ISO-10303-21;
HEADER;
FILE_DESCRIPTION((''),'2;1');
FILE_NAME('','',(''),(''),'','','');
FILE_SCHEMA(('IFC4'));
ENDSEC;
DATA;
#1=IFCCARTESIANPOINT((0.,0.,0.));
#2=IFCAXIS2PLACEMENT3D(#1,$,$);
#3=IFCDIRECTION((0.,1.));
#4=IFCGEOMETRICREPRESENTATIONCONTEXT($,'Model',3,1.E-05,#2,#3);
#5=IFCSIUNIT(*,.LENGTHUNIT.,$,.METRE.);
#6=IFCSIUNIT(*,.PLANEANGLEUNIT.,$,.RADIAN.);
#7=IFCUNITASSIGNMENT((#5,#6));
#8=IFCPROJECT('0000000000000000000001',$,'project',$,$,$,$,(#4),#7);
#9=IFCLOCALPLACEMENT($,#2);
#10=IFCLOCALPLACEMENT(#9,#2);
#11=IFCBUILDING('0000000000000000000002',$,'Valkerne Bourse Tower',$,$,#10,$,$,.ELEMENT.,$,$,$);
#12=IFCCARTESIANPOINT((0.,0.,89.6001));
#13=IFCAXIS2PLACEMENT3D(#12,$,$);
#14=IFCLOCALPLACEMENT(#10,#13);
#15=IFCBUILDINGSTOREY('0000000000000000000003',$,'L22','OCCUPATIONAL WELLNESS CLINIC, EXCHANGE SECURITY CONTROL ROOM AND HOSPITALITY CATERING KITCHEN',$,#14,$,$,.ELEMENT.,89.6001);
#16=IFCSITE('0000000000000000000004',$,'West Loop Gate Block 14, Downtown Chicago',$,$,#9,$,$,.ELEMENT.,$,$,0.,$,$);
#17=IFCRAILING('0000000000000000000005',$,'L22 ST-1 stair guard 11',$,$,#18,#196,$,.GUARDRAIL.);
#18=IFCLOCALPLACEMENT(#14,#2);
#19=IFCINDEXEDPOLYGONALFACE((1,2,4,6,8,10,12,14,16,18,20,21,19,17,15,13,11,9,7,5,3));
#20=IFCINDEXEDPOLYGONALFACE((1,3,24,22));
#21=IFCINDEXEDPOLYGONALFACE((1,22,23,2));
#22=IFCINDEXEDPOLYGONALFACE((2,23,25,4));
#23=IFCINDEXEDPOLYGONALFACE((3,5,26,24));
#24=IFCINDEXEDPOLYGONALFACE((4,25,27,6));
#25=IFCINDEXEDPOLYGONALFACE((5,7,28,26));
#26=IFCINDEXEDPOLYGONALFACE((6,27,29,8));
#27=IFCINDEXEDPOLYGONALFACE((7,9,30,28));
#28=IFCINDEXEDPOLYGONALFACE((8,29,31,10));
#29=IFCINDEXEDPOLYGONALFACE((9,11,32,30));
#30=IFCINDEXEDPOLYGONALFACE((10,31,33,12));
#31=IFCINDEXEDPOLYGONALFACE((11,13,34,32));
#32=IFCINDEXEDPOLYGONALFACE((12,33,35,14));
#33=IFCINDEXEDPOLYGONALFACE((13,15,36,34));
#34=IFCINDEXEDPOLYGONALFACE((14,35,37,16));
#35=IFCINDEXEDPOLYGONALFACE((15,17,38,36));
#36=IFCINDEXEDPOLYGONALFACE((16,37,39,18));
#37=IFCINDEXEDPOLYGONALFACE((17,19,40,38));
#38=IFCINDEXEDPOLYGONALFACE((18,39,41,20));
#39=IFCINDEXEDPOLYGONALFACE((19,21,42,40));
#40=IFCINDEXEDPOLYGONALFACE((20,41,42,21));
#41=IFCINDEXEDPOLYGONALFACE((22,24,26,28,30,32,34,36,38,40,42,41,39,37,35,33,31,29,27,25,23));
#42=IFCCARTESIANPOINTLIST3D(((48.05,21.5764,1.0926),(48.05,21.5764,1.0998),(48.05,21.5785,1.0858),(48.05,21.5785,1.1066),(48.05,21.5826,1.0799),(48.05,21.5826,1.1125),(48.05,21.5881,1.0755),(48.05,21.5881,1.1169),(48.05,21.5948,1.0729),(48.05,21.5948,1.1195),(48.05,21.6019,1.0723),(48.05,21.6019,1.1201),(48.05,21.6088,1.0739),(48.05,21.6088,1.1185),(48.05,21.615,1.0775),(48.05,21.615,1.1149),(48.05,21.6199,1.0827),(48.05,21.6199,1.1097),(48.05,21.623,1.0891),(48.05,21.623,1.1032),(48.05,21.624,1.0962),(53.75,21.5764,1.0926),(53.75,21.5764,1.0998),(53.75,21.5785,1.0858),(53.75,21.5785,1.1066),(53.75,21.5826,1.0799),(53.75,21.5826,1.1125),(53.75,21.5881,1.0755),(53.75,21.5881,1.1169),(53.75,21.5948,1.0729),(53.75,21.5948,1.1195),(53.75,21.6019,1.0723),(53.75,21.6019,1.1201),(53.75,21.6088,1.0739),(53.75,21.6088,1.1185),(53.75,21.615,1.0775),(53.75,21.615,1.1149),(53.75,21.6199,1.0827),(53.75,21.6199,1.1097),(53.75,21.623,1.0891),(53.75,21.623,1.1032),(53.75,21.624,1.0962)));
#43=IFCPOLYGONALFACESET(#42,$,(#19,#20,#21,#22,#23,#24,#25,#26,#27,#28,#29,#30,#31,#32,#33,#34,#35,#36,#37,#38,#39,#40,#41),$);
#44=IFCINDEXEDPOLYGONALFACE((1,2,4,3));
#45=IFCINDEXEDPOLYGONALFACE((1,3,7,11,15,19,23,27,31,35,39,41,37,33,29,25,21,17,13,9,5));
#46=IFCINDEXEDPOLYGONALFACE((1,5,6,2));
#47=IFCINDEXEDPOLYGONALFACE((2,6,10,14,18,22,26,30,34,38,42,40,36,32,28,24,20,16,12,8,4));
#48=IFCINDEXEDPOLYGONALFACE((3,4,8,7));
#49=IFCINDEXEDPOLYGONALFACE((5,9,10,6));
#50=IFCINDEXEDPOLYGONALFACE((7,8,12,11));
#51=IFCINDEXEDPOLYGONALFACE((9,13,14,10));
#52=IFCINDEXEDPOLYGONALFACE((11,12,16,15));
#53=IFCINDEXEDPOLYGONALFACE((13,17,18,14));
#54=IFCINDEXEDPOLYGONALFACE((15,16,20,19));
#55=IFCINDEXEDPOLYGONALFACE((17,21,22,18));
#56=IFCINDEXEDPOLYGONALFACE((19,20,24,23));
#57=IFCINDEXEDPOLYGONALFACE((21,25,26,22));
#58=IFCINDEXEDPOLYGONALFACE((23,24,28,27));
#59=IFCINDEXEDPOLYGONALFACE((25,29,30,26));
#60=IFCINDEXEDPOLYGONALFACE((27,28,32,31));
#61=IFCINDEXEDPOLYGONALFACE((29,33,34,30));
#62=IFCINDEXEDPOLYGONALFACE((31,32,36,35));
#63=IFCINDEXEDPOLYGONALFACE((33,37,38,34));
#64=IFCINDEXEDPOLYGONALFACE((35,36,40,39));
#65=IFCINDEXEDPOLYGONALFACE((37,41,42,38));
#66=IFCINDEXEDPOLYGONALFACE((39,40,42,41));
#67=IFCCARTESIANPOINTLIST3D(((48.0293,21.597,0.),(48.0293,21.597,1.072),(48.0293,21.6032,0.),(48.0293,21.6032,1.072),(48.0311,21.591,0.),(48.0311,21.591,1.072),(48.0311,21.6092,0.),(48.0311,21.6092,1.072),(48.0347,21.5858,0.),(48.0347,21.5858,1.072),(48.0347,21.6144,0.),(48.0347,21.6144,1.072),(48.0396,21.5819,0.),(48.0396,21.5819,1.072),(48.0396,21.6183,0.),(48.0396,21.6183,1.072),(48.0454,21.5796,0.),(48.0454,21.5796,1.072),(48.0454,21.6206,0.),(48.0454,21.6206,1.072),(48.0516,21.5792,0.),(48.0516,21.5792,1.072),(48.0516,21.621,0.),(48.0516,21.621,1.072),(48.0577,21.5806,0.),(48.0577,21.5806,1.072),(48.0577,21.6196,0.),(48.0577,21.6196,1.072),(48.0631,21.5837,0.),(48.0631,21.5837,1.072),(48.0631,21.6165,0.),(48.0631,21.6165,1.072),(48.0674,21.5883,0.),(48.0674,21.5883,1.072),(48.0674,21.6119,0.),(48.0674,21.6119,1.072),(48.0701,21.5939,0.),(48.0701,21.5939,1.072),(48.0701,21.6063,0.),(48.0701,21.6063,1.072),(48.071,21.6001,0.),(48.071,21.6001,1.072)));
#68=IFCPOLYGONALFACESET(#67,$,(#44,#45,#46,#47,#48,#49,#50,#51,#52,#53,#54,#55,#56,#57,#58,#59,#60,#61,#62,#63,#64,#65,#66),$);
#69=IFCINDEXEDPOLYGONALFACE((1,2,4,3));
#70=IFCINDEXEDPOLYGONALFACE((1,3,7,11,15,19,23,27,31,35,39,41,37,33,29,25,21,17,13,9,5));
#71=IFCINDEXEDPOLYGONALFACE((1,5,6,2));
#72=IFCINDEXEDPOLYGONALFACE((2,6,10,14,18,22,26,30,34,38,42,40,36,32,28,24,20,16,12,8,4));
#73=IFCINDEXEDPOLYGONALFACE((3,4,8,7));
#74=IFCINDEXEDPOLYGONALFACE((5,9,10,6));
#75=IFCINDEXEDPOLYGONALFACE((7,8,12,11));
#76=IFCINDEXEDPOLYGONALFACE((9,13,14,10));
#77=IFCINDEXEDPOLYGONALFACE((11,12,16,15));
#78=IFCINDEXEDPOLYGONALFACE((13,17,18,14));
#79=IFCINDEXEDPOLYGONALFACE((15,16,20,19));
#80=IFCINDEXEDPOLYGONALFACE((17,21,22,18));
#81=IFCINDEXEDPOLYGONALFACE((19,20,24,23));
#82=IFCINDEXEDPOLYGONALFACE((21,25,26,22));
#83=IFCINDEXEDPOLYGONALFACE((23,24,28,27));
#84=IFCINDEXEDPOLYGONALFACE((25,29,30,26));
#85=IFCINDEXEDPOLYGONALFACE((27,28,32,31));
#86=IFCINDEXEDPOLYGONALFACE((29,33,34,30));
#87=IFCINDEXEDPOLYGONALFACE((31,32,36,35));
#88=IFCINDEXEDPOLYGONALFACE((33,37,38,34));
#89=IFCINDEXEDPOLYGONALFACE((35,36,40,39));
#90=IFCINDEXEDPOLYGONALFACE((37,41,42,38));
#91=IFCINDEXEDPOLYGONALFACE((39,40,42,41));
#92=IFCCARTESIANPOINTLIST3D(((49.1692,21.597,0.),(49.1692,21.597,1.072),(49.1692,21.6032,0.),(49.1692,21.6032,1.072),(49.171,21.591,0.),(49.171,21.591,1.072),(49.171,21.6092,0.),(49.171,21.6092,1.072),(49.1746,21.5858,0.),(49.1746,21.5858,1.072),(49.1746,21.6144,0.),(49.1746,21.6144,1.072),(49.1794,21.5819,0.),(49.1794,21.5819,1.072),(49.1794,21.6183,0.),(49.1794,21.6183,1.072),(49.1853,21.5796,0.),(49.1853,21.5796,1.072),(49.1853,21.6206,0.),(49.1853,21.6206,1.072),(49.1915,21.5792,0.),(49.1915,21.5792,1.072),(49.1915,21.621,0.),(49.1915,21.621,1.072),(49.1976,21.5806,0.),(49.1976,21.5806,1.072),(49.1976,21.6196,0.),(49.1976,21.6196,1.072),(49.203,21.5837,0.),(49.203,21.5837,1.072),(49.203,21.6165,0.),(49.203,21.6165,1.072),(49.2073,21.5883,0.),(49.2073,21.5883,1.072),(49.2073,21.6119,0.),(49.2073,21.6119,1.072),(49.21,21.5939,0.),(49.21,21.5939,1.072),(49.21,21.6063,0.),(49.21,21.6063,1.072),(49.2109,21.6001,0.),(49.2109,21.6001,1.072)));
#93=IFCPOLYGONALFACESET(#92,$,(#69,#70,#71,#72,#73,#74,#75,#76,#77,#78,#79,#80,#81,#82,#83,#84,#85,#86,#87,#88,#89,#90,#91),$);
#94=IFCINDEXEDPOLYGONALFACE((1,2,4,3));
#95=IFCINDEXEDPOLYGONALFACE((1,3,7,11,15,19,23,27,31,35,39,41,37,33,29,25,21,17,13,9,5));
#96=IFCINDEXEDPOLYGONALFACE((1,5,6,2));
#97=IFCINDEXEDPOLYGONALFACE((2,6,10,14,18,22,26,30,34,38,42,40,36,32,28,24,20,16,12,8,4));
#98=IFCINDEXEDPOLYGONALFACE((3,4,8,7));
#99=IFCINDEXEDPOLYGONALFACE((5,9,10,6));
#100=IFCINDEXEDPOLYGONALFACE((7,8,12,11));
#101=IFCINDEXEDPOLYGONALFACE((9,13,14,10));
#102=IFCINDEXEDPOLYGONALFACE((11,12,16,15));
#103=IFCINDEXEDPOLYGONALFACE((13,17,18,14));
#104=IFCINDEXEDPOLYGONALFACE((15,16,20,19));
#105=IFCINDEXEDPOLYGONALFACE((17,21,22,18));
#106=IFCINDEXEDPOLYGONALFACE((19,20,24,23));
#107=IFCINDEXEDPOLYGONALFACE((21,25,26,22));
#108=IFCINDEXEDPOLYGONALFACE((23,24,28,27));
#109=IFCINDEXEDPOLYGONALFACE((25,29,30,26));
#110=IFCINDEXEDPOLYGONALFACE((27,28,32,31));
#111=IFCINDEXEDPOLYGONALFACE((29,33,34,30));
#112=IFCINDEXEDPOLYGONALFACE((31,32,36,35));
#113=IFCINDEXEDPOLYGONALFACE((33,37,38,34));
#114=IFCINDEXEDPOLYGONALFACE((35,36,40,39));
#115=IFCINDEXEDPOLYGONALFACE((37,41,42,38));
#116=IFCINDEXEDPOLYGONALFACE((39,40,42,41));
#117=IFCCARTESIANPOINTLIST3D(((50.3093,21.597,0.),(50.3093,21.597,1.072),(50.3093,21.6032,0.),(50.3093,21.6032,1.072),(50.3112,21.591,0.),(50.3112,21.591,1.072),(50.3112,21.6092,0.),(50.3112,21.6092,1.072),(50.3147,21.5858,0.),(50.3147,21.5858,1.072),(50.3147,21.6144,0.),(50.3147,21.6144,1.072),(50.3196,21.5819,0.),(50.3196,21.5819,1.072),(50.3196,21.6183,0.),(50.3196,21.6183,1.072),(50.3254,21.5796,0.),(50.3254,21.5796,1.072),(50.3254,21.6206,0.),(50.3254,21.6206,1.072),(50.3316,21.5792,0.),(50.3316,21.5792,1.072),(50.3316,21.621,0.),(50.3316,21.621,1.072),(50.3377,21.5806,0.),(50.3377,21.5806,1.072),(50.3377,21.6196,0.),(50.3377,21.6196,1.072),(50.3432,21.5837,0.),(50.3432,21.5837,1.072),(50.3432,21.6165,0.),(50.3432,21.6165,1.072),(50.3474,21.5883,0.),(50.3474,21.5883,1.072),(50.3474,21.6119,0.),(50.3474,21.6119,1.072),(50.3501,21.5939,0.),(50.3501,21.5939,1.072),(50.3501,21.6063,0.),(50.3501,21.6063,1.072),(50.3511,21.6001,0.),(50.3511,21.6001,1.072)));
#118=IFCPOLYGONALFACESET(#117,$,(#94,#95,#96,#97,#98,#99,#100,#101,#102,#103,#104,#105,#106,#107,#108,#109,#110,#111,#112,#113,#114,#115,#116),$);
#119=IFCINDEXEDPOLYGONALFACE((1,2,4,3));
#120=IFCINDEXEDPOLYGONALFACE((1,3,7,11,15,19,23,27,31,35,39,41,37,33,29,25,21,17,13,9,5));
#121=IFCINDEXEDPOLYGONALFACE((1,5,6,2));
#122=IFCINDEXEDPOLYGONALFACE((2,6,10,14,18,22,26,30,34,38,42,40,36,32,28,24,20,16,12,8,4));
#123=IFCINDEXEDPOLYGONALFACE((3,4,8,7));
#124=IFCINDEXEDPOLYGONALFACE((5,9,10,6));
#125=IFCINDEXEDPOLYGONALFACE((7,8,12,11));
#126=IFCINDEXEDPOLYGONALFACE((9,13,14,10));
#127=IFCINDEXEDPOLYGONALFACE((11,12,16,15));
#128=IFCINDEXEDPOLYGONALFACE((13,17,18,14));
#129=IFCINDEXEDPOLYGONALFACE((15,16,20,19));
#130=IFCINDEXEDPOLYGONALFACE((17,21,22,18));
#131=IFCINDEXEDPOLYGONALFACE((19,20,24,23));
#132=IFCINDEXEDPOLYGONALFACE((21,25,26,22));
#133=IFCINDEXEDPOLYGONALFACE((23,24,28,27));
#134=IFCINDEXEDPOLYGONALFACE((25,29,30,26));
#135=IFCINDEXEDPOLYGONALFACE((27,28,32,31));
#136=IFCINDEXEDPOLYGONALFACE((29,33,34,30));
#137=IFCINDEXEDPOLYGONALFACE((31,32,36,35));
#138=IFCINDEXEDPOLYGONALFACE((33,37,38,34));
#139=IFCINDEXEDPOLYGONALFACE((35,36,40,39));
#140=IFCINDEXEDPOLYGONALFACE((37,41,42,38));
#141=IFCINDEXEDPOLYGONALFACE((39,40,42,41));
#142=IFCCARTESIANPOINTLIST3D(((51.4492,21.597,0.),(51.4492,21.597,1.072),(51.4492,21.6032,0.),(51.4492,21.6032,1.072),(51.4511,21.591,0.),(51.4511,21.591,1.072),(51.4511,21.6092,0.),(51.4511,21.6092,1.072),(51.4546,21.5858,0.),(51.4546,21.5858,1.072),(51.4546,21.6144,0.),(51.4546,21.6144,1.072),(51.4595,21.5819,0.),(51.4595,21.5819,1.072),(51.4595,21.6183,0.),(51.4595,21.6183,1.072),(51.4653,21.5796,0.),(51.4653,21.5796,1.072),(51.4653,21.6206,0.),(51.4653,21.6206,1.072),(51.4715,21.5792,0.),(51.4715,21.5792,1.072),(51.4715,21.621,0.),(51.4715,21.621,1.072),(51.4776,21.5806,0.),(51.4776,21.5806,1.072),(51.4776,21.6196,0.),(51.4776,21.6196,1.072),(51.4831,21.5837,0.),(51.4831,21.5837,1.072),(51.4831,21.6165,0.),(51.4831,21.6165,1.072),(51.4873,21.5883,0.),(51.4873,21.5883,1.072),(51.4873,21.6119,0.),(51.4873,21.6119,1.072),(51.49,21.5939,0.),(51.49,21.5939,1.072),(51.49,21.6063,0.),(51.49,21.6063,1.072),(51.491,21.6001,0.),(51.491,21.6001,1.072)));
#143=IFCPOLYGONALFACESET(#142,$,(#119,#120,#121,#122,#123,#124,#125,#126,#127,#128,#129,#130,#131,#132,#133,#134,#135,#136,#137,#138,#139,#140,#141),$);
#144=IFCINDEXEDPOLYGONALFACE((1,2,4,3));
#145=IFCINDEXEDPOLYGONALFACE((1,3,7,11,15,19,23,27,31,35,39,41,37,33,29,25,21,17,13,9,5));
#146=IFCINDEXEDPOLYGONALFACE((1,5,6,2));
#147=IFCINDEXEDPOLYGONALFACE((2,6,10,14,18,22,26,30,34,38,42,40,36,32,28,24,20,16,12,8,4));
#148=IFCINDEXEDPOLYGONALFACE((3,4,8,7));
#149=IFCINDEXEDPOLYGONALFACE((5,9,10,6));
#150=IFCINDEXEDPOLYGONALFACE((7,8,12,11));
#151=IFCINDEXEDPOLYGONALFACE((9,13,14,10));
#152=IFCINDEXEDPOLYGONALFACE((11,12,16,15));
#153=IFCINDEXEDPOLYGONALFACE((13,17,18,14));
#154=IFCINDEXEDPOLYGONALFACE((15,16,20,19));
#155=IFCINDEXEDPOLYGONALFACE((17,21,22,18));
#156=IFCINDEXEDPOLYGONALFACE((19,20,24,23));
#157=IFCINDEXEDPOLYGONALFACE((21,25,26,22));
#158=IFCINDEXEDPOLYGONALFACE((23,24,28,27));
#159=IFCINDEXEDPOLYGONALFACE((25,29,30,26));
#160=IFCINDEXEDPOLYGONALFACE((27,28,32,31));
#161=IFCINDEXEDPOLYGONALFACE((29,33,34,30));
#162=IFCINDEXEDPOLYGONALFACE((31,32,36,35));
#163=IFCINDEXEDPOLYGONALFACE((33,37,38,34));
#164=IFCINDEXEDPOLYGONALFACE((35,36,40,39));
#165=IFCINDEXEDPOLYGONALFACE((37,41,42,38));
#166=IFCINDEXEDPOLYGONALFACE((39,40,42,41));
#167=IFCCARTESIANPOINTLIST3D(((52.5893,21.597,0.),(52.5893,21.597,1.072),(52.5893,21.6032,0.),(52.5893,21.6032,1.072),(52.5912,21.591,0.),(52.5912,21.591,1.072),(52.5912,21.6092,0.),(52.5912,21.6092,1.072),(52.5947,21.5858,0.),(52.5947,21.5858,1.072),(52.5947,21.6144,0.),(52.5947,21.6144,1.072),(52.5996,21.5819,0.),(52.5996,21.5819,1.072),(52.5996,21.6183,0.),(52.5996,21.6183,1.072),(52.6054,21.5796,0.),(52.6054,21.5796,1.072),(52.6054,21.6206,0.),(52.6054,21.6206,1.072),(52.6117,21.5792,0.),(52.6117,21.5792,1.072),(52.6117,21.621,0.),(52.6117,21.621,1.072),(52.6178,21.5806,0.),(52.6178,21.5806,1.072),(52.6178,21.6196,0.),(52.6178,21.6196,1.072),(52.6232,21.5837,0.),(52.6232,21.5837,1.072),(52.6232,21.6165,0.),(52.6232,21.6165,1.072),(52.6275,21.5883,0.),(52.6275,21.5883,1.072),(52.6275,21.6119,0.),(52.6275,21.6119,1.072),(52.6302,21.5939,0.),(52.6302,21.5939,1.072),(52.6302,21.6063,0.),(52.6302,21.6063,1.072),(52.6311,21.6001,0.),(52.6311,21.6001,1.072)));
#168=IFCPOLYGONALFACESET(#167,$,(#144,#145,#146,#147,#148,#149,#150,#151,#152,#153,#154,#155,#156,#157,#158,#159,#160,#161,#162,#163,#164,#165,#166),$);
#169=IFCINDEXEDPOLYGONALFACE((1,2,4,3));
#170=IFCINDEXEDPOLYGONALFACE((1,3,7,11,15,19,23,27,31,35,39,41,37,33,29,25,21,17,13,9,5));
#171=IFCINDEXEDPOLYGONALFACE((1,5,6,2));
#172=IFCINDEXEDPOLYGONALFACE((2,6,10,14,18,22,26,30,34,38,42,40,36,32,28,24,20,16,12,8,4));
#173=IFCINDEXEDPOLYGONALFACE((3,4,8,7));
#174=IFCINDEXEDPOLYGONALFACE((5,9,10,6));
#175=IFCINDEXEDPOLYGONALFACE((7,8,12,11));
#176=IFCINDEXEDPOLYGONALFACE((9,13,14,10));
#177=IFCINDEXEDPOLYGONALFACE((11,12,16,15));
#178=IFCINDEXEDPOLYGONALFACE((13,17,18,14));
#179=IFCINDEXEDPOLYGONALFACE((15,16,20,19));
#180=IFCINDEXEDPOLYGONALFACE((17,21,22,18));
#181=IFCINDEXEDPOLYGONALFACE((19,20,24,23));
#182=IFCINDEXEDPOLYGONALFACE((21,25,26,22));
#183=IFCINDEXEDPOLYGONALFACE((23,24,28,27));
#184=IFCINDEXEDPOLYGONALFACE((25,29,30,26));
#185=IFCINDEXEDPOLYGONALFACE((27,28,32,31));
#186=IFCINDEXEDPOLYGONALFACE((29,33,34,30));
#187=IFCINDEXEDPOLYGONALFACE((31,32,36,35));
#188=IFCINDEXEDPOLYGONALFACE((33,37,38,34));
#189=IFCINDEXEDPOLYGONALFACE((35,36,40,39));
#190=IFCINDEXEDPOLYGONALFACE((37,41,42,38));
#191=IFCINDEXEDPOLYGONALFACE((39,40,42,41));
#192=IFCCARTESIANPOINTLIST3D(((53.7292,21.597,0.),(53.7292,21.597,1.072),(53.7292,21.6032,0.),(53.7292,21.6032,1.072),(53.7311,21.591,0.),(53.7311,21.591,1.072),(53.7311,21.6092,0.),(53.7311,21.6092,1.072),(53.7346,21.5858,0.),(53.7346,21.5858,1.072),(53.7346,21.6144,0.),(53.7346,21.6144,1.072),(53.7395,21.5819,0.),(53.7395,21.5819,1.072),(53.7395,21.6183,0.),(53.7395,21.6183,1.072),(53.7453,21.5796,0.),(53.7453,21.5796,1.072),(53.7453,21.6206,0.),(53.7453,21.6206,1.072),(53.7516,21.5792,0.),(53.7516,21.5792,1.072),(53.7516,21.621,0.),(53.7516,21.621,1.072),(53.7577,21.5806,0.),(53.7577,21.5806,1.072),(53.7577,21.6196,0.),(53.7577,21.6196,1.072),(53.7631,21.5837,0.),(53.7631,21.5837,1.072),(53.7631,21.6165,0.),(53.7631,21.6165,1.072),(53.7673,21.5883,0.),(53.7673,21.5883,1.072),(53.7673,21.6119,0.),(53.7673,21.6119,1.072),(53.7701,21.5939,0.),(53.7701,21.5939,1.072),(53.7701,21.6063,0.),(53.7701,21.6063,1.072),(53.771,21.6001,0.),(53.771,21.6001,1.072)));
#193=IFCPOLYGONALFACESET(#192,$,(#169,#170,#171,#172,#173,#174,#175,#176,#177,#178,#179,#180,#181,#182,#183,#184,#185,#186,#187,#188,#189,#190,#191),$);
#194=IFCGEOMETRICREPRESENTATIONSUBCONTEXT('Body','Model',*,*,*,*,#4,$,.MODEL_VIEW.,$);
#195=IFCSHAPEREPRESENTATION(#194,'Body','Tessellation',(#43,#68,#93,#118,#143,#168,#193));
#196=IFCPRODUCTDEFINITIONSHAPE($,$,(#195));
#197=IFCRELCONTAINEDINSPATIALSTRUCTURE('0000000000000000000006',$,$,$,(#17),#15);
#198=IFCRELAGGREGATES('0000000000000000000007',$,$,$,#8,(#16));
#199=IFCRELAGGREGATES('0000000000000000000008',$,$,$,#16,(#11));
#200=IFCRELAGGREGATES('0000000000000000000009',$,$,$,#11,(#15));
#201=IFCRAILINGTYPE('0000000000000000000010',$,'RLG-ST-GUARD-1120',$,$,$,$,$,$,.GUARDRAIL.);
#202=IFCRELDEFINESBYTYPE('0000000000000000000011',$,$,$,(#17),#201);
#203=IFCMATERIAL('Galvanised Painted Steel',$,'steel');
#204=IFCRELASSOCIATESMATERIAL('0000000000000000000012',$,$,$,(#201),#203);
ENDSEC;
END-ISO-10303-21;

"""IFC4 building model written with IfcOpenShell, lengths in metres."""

from ifc_helpers import new_model, si_unit, direction, frame, origin, origin_2d, place, context, subcontext, project, spatial, circle, extrude, material, type_object, element, save


model = new_model("IFC4")

# Units and contexts
model_context = context("Model", 3, precision=1e-05, world=origin(), true_north=direction((0.0, 1.0)))
body_context = subcontext(model_context, "Body", "Model", "MODEL_VIEW")
ifc_project = project(units=[si_unit("LENGTHUNIT", "METRE"), si_unit("PLANEANGLEUNIT", "RADIAN")], contexts=[model_context])

# Site, building, storey
site_placement = place(None, origin())
site = spatial("IfcSite", under=ifc_project, at=site_placement, Name="West Loop Gate Block 14, Downtown Chicago", CompositionType="ELEMENT", RefElevation=0.0)
building_placement = place(site_placement, origin())
building = spatial("IfcBuilding", under=site, at=building_placement, Name="Valkerne Bourse Tower", CompositionType="ELEMENT")
storey_placement = place(building_placement, frame((0.0, 0.0, 89.6001)))
storey = spatial("IfcBuildingStorey", under=building, at=storey_placement, Name="L22", Description="OCCUPATIONAL WELLNESS CLINIC, EXCHANGE SECURITY CONTROL ROOM AND HOSPITALITY CATERING KITCHEN", CompositionType="ELEMENT", Elevation=89.6001)

# Shared definitions
ifc_material_1 = material(Name="Galvanised Painted Steel", Category="steel")

# Railing
railing_type = type_object("IfcRailingType", Name="RLG-ST-GUARD-1120", PredefinedType="GUARDRAIL", material=ifc_material_1)
for number, where, name in (
    (1, (48.05, 21.6001, 0.0), "L22 ST-1 stair guard 11"),
):
    element("IfcRailing", number, at=place(storey_placement, frame(where)), inside=storey, type_object=railing_type, Name=name, PredefinedType="GUARDRAIL", context=body_context, shape_type="SweptSolid", body=[
        extrude(circle(Radius=0.0239, at=origin_2d()), frame((0.0, 0.0, 1.0962), z_axis=(1.0, 0.0, 0.0), x_axis=(0.0, 1.0, 0.0)), (0.0, 0.0, 1.0), 5.7),
        extrude(circle(Radius=0.021, at=origin_2d()), origin(), (0.0, 0.0, 1.0), 1.072),
        extrude(circle(Radius=0.021, at=origin_2d()), frame((1.1399, 0.0, 0.0)), (0.0, 0.0, 1.0), 1.072),
        extrude(circle(Radius=0.021, at=origin_2d()), frame((2.28, 0.0, 0.0)), (0.0, 0.0, 1.0), 1.072),
        extrude(circle(Radius=0.021, at=origin_2d()), frame((3.4199, 0.0, 0.0)), (0.0, 0.0, 1.0), 1.072),
        extrude(circle(Radius=0.021, at=origin_2d()), frame((4.5601, 0.0, 0.0)), (0.0, 0.0, 1.0), 1.072),
        extrude(circle(Radius=0.021, at=origin_2d()), frame((5.7, 0.0, 0.0)), (0.0, 0.0, 1.0), 1.072),
    ])

save(model, "model.ifc")
